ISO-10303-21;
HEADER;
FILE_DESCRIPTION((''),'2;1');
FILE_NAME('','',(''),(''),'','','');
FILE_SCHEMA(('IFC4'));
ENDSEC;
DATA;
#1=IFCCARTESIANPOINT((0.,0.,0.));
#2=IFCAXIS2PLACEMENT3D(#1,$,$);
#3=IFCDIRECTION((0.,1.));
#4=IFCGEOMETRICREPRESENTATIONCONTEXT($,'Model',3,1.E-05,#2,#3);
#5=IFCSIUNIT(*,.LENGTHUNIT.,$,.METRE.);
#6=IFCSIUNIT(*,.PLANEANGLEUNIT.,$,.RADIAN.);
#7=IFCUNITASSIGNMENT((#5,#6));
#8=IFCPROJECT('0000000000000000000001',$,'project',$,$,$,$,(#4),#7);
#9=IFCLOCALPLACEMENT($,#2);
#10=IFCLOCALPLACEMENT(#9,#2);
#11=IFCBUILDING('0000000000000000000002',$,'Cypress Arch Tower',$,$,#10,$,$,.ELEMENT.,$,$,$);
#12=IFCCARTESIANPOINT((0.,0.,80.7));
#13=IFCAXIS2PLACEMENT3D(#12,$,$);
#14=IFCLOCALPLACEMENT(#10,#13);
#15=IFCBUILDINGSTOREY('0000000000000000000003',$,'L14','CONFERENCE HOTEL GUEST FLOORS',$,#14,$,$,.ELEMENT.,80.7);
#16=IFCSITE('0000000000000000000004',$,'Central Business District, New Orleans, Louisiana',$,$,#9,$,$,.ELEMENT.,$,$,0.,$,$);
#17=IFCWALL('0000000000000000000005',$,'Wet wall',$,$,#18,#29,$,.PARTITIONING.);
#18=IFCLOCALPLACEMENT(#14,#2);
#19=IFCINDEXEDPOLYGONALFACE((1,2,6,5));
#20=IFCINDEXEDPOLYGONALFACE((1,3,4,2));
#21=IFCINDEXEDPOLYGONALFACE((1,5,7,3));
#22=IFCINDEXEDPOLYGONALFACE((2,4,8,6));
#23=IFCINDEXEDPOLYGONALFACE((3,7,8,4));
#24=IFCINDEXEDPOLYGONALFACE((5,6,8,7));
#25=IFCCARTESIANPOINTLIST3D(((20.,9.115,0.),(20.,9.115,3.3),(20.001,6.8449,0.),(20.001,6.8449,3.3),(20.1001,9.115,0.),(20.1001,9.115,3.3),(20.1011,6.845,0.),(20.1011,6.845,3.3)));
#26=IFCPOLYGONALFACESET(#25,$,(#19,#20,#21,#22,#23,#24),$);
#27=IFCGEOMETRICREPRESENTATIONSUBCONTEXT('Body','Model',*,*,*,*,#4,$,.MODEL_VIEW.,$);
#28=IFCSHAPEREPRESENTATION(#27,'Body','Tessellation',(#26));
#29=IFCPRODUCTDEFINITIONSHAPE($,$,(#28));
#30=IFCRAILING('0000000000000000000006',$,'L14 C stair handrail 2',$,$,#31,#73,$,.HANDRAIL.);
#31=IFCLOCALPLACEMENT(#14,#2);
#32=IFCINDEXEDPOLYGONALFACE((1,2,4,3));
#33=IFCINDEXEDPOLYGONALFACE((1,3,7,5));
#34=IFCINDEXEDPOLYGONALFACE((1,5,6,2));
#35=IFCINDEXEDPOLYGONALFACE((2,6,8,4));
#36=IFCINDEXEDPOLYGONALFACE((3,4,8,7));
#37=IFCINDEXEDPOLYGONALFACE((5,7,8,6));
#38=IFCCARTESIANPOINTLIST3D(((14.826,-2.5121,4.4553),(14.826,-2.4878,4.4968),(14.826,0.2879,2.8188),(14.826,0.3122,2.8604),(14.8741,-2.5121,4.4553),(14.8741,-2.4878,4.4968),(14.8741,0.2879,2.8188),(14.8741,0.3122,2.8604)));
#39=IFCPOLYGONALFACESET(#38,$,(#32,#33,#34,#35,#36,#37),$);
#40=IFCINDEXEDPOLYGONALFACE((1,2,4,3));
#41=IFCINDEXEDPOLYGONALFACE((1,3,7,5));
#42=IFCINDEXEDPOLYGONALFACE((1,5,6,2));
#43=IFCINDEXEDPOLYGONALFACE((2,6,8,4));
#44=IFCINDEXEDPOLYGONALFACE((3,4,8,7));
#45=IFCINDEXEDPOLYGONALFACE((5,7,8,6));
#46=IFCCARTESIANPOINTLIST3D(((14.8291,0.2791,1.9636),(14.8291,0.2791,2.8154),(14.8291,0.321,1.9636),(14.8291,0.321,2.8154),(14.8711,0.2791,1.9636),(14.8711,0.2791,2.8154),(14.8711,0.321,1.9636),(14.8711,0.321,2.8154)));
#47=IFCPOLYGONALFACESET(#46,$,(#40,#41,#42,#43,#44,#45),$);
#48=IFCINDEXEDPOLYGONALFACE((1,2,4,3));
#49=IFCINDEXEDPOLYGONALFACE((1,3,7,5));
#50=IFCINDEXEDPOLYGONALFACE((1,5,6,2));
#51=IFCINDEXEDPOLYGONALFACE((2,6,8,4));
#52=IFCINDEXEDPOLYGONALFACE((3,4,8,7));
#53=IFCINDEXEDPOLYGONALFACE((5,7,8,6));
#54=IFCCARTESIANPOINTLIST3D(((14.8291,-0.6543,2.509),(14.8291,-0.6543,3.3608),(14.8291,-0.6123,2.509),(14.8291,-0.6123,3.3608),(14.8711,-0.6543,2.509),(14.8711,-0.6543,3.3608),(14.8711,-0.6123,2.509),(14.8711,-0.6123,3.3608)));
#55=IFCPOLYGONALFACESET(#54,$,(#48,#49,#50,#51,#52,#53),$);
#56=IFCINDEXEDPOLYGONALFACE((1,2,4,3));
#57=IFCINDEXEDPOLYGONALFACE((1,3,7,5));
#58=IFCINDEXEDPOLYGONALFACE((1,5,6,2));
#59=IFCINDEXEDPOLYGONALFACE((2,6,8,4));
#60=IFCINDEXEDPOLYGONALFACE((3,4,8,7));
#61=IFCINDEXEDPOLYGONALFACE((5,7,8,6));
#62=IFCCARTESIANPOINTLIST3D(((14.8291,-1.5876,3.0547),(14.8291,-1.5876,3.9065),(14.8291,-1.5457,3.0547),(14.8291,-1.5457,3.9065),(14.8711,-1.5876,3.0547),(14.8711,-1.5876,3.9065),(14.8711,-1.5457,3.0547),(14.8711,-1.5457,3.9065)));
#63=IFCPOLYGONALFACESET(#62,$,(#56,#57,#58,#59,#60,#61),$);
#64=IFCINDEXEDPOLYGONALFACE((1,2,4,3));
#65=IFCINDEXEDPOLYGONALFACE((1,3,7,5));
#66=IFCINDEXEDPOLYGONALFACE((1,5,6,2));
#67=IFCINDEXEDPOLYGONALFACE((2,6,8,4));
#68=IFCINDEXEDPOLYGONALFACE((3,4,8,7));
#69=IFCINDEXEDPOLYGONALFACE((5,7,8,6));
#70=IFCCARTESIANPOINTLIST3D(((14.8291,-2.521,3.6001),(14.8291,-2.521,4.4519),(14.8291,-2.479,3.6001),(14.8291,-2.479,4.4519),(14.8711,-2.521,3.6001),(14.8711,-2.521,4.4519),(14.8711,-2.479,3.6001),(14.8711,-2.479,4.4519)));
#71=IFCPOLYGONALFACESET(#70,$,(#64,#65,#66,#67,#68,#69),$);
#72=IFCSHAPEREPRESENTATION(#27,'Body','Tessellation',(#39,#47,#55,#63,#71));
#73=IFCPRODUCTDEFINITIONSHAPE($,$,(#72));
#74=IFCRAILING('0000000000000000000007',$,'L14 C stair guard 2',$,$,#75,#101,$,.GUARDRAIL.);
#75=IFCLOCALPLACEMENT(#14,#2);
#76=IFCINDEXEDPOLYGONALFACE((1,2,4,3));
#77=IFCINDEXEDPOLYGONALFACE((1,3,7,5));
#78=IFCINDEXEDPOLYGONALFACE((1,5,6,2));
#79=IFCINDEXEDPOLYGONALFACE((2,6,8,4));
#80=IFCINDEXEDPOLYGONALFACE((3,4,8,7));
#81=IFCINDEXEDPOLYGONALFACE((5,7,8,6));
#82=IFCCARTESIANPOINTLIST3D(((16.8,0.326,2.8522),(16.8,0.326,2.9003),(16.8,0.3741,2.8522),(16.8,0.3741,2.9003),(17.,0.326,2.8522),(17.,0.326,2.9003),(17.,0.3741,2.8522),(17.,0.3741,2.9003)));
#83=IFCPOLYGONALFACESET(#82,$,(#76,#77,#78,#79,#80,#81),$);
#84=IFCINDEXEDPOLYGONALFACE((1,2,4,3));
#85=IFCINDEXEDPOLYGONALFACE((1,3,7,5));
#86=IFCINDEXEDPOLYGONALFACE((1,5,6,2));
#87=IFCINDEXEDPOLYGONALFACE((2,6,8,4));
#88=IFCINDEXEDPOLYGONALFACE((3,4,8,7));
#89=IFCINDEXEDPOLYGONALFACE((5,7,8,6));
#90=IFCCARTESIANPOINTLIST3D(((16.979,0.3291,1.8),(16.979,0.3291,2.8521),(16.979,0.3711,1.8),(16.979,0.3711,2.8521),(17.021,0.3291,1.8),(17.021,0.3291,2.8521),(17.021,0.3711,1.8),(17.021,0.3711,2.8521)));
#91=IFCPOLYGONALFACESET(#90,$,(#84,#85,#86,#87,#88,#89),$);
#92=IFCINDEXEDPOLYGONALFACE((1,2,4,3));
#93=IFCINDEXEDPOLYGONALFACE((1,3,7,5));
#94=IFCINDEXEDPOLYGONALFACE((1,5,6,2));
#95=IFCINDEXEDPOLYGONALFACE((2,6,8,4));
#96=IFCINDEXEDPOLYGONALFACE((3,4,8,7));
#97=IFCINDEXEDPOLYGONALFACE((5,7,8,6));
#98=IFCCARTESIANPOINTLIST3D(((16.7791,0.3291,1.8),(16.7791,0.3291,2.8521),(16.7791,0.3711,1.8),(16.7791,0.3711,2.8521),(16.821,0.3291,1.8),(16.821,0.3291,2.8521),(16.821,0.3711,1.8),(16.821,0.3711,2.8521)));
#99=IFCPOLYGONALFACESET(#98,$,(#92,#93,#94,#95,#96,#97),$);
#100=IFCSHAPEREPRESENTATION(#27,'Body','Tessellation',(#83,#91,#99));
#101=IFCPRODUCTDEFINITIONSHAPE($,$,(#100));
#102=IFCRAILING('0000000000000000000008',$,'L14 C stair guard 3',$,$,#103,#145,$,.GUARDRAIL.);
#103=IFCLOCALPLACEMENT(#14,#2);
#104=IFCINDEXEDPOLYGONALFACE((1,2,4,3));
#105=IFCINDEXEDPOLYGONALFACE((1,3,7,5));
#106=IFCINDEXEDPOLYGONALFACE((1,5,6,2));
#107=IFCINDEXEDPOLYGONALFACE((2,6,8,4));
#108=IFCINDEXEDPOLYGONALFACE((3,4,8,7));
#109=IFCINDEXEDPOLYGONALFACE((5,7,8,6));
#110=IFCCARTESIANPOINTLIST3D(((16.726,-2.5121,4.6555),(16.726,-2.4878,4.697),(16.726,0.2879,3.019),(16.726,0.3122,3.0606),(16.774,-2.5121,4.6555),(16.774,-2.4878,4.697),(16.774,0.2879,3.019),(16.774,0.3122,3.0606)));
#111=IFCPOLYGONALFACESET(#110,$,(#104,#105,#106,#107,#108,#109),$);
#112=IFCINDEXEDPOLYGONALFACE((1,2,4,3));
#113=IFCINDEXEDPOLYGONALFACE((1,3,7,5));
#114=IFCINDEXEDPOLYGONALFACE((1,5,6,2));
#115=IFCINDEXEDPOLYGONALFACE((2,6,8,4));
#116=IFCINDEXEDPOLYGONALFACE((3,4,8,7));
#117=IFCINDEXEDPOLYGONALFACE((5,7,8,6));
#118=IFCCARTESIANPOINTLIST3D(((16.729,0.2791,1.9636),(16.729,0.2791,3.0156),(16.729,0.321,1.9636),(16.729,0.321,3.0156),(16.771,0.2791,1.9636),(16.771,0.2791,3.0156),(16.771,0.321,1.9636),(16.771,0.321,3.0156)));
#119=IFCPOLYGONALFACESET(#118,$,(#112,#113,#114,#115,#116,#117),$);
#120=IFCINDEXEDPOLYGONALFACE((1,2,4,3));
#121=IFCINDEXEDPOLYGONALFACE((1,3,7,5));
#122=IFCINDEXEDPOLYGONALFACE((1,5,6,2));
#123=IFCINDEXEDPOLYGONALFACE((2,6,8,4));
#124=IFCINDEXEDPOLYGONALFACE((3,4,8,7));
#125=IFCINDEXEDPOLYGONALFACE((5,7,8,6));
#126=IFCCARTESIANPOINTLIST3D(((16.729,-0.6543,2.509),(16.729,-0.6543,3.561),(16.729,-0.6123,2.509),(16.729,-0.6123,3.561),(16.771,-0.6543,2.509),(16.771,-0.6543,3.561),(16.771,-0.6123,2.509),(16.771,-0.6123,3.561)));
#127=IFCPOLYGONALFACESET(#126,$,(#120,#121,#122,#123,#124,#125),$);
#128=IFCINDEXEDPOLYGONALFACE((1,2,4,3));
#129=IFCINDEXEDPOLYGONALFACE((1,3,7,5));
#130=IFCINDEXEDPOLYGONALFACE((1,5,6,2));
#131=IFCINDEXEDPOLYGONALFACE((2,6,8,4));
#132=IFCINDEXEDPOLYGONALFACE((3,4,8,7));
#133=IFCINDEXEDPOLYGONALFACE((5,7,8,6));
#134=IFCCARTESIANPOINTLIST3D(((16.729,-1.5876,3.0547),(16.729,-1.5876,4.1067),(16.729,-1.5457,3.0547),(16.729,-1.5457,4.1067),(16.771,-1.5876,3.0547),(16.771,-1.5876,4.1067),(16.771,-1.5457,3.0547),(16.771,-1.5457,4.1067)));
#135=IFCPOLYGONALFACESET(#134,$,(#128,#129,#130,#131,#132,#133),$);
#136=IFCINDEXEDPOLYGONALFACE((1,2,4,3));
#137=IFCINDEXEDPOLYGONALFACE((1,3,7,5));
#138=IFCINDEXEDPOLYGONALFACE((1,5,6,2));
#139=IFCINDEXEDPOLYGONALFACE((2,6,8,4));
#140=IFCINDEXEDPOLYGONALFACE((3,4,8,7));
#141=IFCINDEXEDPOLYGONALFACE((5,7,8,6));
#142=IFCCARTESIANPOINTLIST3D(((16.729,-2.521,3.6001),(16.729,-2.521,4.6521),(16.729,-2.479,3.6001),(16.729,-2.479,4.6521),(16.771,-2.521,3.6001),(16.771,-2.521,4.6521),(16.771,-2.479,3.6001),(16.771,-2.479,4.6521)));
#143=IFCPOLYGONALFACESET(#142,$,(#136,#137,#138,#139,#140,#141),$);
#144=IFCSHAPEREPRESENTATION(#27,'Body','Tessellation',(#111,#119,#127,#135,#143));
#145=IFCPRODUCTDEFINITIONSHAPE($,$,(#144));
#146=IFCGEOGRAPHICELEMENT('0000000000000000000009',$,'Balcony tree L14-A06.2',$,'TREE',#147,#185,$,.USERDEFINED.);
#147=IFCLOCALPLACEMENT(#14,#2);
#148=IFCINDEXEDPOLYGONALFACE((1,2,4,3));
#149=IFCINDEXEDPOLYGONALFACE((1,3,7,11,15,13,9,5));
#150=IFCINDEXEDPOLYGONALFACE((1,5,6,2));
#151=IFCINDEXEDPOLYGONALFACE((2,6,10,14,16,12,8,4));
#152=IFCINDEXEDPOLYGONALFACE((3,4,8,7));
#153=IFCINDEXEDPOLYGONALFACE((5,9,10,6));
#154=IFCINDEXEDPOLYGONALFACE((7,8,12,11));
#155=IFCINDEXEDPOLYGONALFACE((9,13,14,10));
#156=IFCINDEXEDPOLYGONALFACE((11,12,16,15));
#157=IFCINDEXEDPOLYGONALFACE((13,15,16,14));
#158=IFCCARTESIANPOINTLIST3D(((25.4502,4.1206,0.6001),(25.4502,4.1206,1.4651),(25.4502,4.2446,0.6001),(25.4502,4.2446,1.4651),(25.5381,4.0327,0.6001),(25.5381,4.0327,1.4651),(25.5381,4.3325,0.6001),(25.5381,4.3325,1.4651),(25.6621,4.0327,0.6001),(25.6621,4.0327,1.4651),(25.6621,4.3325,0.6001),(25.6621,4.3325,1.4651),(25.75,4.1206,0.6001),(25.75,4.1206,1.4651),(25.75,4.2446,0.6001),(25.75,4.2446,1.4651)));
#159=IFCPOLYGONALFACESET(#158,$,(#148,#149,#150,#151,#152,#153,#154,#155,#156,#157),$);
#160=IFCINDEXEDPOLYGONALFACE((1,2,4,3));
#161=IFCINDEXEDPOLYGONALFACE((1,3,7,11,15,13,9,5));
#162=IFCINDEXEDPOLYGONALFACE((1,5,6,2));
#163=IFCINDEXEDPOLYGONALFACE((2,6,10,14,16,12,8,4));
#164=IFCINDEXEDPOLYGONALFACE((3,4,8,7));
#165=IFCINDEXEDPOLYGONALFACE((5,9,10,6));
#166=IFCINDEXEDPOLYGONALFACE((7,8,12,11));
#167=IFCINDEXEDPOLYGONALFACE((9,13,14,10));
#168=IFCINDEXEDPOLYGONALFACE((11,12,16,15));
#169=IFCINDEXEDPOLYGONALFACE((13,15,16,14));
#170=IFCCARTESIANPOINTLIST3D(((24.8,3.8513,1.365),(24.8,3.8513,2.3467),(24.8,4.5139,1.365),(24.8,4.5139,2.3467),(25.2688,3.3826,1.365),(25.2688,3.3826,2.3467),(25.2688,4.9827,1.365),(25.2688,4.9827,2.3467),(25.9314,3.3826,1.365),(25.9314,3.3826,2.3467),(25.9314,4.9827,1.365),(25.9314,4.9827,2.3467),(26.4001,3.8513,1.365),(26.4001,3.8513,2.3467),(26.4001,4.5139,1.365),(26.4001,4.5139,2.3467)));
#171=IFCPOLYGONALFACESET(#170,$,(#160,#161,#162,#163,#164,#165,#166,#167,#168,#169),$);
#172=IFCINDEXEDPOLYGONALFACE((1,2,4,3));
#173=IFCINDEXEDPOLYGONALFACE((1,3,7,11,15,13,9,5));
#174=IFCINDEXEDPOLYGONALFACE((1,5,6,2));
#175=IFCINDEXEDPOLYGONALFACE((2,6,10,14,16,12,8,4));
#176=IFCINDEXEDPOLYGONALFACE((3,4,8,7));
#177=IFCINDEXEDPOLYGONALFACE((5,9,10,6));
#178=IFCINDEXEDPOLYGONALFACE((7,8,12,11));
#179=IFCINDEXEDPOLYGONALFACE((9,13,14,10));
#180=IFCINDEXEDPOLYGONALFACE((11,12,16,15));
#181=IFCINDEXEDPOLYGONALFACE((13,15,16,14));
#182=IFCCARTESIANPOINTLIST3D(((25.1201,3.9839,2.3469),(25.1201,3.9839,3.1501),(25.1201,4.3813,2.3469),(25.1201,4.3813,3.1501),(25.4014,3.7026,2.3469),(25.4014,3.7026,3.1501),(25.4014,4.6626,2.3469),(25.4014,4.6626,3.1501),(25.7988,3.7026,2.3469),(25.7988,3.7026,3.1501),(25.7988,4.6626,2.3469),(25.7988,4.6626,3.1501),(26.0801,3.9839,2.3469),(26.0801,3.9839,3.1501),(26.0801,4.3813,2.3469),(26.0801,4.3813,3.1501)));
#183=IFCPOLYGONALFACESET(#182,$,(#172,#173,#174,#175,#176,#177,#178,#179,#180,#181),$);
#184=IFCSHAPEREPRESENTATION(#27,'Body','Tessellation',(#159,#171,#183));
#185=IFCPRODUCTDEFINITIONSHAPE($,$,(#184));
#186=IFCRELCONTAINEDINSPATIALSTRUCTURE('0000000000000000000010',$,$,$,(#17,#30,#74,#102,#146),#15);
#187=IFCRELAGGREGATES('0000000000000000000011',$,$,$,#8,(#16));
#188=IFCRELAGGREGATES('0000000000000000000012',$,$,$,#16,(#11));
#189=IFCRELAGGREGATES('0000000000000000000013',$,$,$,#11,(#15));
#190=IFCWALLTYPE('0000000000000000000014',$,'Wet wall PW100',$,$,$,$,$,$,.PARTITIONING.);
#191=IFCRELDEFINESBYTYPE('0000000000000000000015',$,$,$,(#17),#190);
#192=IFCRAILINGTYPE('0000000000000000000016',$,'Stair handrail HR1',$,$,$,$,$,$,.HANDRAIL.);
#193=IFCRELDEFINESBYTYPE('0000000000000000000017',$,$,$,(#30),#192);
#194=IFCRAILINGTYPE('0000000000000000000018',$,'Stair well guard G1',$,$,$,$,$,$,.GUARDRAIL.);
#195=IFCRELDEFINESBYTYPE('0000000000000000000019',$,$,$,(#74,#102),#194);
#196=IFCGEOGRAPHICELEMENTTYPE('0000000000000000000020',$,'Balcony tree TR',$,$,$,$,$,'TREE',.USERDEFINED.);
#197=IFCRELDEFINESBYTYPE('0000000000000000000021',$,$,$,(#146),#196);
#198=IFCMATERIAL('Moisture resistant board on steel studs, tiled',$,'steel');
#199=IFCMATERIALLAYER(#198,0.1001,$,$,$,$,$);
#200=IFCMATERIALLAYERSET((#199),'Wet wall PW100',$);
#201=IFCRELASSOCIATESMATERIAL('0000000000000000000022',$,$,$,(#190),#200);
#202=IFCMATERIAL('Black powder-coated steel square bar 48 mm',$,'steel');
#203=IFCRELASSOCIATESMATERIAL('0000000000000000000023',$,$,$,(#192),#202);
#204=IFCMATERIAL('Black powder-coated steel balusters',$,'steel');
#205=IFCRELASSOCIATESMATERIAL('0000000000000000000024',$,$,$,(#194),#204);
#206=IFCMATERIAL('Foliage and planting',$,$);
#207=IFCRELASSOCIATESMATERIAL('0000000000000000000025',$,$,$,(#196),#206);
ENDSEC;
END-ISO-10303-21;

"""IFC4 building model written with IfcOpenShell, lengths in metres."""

from ifc_helpers import new_model, si_unit, direction, frame, frame_2d, origin, origin_2d, place, context, subcontext, project, spatial, polyline, rectangle, outline, extrude, material, layer, layer_set, type_object, element, save


model = new_model("IFC4")

# Units and contexts
model_context = context("Model", 3, precision=1e-05, world=origin(), true_north=direction((0.0, 1.0)))
body_context = subcontext(model_context, "Body", "Model", "MODEL_VIEW")
ifc_project = project(units=[si_unit("LENGTHUNIT", "METRE"), si_unit("PLANEANGLEUNIT", "RADIAN")], contexts=[model_context])

# Site, building, storey
site_placement = place(None, origin())
site = spatial("IfcSite", under=ifc_project, at=site_placement, Name="Central Business District, New Orleans, Louisiana", CompositionType="ELEMENT", RefElevation=0.0)
building_placement = place(site_placement, origin())
building = spatial("IfcBuilding", under=site, at=building_placement, Name="Cypress Arch Tower", CompositionType="ELEMENT")
storey_placement = place(building_placement, frame((0.0, 0.0, 80.7)))
storey = spatial("IfcBuildingStorey", under=building, at=storey_placement, Name="L14", Description="CONFERENCE HOTEL GUEST FLOORS", CompositionType="ELEMENT", Elevation=80.7)

# Shared definitions
ifc_material_1 = material(Name="Moisture resistant board on steel studs, tiled", Category="steel")
ifc_layer_1 = layer(ifc_material_1, 0.1001)
ifc_layer_set_1 = layer_set([ifc_layer_1], Name="Wet wall PW100")
wall_type_1 = type_object("IfcWallType", Name="Wet wall PW100", PredefinedType="PARTITIONING", material=ifc_layer_set_1)

# Wall
wall_1_placement = place(storey_placement, frame((20.05, 9.115, 0.0), z_axis=(0.0, 0.0, 1.0), x_axis=(0.00043, -1.0, 0.0)))
element("IfcWall", 1, at=wall_1_placement, inside=storey, type_object=wall_type_1, Name="Wet wall", PredefinedType="PARTITIONING", context=body_context, shape_type="SweptSolid", body=[
    extrude(rectangle(XDim=2.27, YDim=0.1001, at=frame_2d((1.135, 0.0))), origin(), (0.0, 0.0, 1.0), 3.3),
])

# Railings
ifc_material_2 = material(Name="Black powder-coated steel square bar 48 mm", Category="steel")
railing_type_1 = type_object("IfcRailingType", Name="Stair handrail HR1", PredefinedType="HANDRAIL", material=ifc_material_2)
railing_1_placement = place(storey_placement, frame((14.8501, 0.3, 1.9636)))
element("IfcRailing", 2, at=railing_1_placement, inside=storey, type_object=railing_type_1, Name="L14 C stair handrail 2", PredefinedType="HANDRAIL", context=body_context, shape_type="SweptSolid", body=[
    extrude(rectangle(XDim=0.0481, YDim=0.0481, at=origin_2d()), frame((0.0, 0.0, 0.876), z_axis=(0.0, -0.863361, 0.504587), x_axis=(1.0, 0.0, 0.0)), (0.0, 0.0, 1.0), 3.2432),
    extrude(rectangle(XDim=0.042, YDim=0.042, at=origin_2d()), origin(), (0.0, 0.0, 1.0), 0.8518),
    extrude(rectangle(XDim=0.042, YDim=0.042, at=origin_2d()), frame((0.0, -0.9333, 0.5454)), (0.0, 0.0, 1.0), 0.8518),
    extrude(rectangle(XDim=0.042, YDim=0.042, at=origin_2d()), frame((0.0, -1.8667, 1.0911)), (0.0, 0.0, 1.0), 0.8518),
    extrude(rectangle(XDim=0.042, YDim=0.042, at=origin_2d()), frame((0.0, -2.8, 1.6365)), (0.0, 0.0, 1.0), 0.8518),
])
ifc_material_3 = material(Name="Black powder-coated steel balusters", Category="steel")
railing_type_2 = type_object("IfcRailingType", Name="Stair well guard G1", PredefinedType="GUARDRAIL", material=ifc_material_3)
railing_2_placement = place(storey_placement, frame((17.0, 0.3501, 1.8)))
element("IfcRailing", 3, at=railing_2_placement, inside=storey, type_object=railing_type_2, Name="L14 C stair guard 2", PredefinedType="GUARDRAIL", context=body_context, shape_type="SweptSolid", body=[
    extrude(rectangle(XDim=0.0481, YDim=0.0481, at=origin_2d()), frame((0.0, 0.0, 1.0762), z_axis=(-1.0, 0.0, 0.0), x_axis=(0.0, -1.0, 0.0)), (0.0, 0.0, 1.0), 0.2),
    extrude(rectangle(XDim=0.042, YDim=0.042, at=origin_2d()), origin(), (0.0, 0.0, 1.0), 1.052),
    extrude(rectangle(XDim=0.042, YDim=0.042, at=origin_2d()), frame((-0.2, 0.0, 0.0)), (0.0, 0.0, 1.0), 1.052),
])
railing_3_placement = place(storey_placement, frame((16.75, 0.3, 1.9636)))
element("IfcRailing", 4, at=railing_3_placement, inside=storey, type_object=railing_type_2, Name="L14 C stair guard 3", PredefinedType="GUARDRAIL", context=body_context, shape_type="SweptSolid", body=[
    extrude(rectangle(XDim=0.0481, YDim=0.0481, at=origin_2d()), frame((0.0, 0.0, 1.0762), z_axis=(0.0, -0.863361, 0.504587), x_axis=(1.0, 0.0, 0.0)), (0.0, 0.0, 1.0), 3.2432),
    extrude(rectangle(XDim=0.042, YDim=0.042, at=origin_2d()), origin(), (0.0, 0.0, 1.0), 1.052),
    extrude(rectangle(XDim=0.042, YDim=0.042, at=origin_2d()), frame((0.0, -0.9333, 0.5454)), (0.0, 0.0, 1.0), 1.052),
    extrude(rectangle(XDim=0.042, YDim=0.042, at=origin_2d()), frame((0.0, -1.8667, 1.0911)), (0.0, 0.0, 1.0), 1.052),
    extrude(rectangle(XDim=0.042, YDim=0.042, at=origin_2d()), frame((0.0, -2.8, 1.6365)), (0.0, 0.0, 1.0), 1.052),
])

# Geographic element
ifc_material_4 = material(Name="Foliage and planting")
geographic_element_type = type_object("IfcGeographicElementType", Name="Balcony tree TR", ElementType="TREE", PredefinedType="USERDEFINED", material=ifc_material_4)
for number, where, z_axis, x_axis, name in (
    (5, (25.6001, 4.1826, 0.6001), (0.0, 0.0, 1.0), (1.0, 0.0, 0.0), "Balcony tree L14-A06.2"),
):
    element("IfcGeographicElement", number, at=place(storey_placement, frame(where, z_axis=z_axis, x_axis=x_axis)), inside=storey, type_object=geographic_element_type, Name=name, ObjectType="TREE", PredefinedType="USERDEFINED", context=body_context, shape_type="SweptSolid", body=[
        extrude(outline(polyline([(0.1499, 0.062), (0.062, 0.1499), (-0.062, 0.1499), (-0.1499, 0.062), (-0.1499, -0.062), (-0.062, -0.1499), (0.062, -0.1499), (0.1499, -0.062), (0.1499, 0.062)])), origin(), (0.0, 0.0, 1.0), 0.865),
        extrude(outline(polyline([(0.8, 0.3313), (0.3313, 0.8), (-0.3313, 0.8), (-0.8, 0.3313), (-0.8, -0.3313), (-0.3313, -0.8), (0.3313, -0.8), (0.8, -0.3313), (0.8, 0.3313)])), frame((0.0, 0.0, 0.7649)), (0.0, 0.0, 1.0), 0.9817),
        extrude(outline(polyline([(0.48, 0.1987), (0.1987, 0.48), (-0.1987, 0.48), (-0.48, 0.1987), (-0.48, -0.1987), (-0.1987, -0.48), (0.1987, -0.48), (0.48, -0.1987), (0.48, 0.1987)])), frame((0.0, 0.0, 1.7468)), (0.0, 0.0, 1.0), 0.8032),
    ])

save(model, "model.ifc")
